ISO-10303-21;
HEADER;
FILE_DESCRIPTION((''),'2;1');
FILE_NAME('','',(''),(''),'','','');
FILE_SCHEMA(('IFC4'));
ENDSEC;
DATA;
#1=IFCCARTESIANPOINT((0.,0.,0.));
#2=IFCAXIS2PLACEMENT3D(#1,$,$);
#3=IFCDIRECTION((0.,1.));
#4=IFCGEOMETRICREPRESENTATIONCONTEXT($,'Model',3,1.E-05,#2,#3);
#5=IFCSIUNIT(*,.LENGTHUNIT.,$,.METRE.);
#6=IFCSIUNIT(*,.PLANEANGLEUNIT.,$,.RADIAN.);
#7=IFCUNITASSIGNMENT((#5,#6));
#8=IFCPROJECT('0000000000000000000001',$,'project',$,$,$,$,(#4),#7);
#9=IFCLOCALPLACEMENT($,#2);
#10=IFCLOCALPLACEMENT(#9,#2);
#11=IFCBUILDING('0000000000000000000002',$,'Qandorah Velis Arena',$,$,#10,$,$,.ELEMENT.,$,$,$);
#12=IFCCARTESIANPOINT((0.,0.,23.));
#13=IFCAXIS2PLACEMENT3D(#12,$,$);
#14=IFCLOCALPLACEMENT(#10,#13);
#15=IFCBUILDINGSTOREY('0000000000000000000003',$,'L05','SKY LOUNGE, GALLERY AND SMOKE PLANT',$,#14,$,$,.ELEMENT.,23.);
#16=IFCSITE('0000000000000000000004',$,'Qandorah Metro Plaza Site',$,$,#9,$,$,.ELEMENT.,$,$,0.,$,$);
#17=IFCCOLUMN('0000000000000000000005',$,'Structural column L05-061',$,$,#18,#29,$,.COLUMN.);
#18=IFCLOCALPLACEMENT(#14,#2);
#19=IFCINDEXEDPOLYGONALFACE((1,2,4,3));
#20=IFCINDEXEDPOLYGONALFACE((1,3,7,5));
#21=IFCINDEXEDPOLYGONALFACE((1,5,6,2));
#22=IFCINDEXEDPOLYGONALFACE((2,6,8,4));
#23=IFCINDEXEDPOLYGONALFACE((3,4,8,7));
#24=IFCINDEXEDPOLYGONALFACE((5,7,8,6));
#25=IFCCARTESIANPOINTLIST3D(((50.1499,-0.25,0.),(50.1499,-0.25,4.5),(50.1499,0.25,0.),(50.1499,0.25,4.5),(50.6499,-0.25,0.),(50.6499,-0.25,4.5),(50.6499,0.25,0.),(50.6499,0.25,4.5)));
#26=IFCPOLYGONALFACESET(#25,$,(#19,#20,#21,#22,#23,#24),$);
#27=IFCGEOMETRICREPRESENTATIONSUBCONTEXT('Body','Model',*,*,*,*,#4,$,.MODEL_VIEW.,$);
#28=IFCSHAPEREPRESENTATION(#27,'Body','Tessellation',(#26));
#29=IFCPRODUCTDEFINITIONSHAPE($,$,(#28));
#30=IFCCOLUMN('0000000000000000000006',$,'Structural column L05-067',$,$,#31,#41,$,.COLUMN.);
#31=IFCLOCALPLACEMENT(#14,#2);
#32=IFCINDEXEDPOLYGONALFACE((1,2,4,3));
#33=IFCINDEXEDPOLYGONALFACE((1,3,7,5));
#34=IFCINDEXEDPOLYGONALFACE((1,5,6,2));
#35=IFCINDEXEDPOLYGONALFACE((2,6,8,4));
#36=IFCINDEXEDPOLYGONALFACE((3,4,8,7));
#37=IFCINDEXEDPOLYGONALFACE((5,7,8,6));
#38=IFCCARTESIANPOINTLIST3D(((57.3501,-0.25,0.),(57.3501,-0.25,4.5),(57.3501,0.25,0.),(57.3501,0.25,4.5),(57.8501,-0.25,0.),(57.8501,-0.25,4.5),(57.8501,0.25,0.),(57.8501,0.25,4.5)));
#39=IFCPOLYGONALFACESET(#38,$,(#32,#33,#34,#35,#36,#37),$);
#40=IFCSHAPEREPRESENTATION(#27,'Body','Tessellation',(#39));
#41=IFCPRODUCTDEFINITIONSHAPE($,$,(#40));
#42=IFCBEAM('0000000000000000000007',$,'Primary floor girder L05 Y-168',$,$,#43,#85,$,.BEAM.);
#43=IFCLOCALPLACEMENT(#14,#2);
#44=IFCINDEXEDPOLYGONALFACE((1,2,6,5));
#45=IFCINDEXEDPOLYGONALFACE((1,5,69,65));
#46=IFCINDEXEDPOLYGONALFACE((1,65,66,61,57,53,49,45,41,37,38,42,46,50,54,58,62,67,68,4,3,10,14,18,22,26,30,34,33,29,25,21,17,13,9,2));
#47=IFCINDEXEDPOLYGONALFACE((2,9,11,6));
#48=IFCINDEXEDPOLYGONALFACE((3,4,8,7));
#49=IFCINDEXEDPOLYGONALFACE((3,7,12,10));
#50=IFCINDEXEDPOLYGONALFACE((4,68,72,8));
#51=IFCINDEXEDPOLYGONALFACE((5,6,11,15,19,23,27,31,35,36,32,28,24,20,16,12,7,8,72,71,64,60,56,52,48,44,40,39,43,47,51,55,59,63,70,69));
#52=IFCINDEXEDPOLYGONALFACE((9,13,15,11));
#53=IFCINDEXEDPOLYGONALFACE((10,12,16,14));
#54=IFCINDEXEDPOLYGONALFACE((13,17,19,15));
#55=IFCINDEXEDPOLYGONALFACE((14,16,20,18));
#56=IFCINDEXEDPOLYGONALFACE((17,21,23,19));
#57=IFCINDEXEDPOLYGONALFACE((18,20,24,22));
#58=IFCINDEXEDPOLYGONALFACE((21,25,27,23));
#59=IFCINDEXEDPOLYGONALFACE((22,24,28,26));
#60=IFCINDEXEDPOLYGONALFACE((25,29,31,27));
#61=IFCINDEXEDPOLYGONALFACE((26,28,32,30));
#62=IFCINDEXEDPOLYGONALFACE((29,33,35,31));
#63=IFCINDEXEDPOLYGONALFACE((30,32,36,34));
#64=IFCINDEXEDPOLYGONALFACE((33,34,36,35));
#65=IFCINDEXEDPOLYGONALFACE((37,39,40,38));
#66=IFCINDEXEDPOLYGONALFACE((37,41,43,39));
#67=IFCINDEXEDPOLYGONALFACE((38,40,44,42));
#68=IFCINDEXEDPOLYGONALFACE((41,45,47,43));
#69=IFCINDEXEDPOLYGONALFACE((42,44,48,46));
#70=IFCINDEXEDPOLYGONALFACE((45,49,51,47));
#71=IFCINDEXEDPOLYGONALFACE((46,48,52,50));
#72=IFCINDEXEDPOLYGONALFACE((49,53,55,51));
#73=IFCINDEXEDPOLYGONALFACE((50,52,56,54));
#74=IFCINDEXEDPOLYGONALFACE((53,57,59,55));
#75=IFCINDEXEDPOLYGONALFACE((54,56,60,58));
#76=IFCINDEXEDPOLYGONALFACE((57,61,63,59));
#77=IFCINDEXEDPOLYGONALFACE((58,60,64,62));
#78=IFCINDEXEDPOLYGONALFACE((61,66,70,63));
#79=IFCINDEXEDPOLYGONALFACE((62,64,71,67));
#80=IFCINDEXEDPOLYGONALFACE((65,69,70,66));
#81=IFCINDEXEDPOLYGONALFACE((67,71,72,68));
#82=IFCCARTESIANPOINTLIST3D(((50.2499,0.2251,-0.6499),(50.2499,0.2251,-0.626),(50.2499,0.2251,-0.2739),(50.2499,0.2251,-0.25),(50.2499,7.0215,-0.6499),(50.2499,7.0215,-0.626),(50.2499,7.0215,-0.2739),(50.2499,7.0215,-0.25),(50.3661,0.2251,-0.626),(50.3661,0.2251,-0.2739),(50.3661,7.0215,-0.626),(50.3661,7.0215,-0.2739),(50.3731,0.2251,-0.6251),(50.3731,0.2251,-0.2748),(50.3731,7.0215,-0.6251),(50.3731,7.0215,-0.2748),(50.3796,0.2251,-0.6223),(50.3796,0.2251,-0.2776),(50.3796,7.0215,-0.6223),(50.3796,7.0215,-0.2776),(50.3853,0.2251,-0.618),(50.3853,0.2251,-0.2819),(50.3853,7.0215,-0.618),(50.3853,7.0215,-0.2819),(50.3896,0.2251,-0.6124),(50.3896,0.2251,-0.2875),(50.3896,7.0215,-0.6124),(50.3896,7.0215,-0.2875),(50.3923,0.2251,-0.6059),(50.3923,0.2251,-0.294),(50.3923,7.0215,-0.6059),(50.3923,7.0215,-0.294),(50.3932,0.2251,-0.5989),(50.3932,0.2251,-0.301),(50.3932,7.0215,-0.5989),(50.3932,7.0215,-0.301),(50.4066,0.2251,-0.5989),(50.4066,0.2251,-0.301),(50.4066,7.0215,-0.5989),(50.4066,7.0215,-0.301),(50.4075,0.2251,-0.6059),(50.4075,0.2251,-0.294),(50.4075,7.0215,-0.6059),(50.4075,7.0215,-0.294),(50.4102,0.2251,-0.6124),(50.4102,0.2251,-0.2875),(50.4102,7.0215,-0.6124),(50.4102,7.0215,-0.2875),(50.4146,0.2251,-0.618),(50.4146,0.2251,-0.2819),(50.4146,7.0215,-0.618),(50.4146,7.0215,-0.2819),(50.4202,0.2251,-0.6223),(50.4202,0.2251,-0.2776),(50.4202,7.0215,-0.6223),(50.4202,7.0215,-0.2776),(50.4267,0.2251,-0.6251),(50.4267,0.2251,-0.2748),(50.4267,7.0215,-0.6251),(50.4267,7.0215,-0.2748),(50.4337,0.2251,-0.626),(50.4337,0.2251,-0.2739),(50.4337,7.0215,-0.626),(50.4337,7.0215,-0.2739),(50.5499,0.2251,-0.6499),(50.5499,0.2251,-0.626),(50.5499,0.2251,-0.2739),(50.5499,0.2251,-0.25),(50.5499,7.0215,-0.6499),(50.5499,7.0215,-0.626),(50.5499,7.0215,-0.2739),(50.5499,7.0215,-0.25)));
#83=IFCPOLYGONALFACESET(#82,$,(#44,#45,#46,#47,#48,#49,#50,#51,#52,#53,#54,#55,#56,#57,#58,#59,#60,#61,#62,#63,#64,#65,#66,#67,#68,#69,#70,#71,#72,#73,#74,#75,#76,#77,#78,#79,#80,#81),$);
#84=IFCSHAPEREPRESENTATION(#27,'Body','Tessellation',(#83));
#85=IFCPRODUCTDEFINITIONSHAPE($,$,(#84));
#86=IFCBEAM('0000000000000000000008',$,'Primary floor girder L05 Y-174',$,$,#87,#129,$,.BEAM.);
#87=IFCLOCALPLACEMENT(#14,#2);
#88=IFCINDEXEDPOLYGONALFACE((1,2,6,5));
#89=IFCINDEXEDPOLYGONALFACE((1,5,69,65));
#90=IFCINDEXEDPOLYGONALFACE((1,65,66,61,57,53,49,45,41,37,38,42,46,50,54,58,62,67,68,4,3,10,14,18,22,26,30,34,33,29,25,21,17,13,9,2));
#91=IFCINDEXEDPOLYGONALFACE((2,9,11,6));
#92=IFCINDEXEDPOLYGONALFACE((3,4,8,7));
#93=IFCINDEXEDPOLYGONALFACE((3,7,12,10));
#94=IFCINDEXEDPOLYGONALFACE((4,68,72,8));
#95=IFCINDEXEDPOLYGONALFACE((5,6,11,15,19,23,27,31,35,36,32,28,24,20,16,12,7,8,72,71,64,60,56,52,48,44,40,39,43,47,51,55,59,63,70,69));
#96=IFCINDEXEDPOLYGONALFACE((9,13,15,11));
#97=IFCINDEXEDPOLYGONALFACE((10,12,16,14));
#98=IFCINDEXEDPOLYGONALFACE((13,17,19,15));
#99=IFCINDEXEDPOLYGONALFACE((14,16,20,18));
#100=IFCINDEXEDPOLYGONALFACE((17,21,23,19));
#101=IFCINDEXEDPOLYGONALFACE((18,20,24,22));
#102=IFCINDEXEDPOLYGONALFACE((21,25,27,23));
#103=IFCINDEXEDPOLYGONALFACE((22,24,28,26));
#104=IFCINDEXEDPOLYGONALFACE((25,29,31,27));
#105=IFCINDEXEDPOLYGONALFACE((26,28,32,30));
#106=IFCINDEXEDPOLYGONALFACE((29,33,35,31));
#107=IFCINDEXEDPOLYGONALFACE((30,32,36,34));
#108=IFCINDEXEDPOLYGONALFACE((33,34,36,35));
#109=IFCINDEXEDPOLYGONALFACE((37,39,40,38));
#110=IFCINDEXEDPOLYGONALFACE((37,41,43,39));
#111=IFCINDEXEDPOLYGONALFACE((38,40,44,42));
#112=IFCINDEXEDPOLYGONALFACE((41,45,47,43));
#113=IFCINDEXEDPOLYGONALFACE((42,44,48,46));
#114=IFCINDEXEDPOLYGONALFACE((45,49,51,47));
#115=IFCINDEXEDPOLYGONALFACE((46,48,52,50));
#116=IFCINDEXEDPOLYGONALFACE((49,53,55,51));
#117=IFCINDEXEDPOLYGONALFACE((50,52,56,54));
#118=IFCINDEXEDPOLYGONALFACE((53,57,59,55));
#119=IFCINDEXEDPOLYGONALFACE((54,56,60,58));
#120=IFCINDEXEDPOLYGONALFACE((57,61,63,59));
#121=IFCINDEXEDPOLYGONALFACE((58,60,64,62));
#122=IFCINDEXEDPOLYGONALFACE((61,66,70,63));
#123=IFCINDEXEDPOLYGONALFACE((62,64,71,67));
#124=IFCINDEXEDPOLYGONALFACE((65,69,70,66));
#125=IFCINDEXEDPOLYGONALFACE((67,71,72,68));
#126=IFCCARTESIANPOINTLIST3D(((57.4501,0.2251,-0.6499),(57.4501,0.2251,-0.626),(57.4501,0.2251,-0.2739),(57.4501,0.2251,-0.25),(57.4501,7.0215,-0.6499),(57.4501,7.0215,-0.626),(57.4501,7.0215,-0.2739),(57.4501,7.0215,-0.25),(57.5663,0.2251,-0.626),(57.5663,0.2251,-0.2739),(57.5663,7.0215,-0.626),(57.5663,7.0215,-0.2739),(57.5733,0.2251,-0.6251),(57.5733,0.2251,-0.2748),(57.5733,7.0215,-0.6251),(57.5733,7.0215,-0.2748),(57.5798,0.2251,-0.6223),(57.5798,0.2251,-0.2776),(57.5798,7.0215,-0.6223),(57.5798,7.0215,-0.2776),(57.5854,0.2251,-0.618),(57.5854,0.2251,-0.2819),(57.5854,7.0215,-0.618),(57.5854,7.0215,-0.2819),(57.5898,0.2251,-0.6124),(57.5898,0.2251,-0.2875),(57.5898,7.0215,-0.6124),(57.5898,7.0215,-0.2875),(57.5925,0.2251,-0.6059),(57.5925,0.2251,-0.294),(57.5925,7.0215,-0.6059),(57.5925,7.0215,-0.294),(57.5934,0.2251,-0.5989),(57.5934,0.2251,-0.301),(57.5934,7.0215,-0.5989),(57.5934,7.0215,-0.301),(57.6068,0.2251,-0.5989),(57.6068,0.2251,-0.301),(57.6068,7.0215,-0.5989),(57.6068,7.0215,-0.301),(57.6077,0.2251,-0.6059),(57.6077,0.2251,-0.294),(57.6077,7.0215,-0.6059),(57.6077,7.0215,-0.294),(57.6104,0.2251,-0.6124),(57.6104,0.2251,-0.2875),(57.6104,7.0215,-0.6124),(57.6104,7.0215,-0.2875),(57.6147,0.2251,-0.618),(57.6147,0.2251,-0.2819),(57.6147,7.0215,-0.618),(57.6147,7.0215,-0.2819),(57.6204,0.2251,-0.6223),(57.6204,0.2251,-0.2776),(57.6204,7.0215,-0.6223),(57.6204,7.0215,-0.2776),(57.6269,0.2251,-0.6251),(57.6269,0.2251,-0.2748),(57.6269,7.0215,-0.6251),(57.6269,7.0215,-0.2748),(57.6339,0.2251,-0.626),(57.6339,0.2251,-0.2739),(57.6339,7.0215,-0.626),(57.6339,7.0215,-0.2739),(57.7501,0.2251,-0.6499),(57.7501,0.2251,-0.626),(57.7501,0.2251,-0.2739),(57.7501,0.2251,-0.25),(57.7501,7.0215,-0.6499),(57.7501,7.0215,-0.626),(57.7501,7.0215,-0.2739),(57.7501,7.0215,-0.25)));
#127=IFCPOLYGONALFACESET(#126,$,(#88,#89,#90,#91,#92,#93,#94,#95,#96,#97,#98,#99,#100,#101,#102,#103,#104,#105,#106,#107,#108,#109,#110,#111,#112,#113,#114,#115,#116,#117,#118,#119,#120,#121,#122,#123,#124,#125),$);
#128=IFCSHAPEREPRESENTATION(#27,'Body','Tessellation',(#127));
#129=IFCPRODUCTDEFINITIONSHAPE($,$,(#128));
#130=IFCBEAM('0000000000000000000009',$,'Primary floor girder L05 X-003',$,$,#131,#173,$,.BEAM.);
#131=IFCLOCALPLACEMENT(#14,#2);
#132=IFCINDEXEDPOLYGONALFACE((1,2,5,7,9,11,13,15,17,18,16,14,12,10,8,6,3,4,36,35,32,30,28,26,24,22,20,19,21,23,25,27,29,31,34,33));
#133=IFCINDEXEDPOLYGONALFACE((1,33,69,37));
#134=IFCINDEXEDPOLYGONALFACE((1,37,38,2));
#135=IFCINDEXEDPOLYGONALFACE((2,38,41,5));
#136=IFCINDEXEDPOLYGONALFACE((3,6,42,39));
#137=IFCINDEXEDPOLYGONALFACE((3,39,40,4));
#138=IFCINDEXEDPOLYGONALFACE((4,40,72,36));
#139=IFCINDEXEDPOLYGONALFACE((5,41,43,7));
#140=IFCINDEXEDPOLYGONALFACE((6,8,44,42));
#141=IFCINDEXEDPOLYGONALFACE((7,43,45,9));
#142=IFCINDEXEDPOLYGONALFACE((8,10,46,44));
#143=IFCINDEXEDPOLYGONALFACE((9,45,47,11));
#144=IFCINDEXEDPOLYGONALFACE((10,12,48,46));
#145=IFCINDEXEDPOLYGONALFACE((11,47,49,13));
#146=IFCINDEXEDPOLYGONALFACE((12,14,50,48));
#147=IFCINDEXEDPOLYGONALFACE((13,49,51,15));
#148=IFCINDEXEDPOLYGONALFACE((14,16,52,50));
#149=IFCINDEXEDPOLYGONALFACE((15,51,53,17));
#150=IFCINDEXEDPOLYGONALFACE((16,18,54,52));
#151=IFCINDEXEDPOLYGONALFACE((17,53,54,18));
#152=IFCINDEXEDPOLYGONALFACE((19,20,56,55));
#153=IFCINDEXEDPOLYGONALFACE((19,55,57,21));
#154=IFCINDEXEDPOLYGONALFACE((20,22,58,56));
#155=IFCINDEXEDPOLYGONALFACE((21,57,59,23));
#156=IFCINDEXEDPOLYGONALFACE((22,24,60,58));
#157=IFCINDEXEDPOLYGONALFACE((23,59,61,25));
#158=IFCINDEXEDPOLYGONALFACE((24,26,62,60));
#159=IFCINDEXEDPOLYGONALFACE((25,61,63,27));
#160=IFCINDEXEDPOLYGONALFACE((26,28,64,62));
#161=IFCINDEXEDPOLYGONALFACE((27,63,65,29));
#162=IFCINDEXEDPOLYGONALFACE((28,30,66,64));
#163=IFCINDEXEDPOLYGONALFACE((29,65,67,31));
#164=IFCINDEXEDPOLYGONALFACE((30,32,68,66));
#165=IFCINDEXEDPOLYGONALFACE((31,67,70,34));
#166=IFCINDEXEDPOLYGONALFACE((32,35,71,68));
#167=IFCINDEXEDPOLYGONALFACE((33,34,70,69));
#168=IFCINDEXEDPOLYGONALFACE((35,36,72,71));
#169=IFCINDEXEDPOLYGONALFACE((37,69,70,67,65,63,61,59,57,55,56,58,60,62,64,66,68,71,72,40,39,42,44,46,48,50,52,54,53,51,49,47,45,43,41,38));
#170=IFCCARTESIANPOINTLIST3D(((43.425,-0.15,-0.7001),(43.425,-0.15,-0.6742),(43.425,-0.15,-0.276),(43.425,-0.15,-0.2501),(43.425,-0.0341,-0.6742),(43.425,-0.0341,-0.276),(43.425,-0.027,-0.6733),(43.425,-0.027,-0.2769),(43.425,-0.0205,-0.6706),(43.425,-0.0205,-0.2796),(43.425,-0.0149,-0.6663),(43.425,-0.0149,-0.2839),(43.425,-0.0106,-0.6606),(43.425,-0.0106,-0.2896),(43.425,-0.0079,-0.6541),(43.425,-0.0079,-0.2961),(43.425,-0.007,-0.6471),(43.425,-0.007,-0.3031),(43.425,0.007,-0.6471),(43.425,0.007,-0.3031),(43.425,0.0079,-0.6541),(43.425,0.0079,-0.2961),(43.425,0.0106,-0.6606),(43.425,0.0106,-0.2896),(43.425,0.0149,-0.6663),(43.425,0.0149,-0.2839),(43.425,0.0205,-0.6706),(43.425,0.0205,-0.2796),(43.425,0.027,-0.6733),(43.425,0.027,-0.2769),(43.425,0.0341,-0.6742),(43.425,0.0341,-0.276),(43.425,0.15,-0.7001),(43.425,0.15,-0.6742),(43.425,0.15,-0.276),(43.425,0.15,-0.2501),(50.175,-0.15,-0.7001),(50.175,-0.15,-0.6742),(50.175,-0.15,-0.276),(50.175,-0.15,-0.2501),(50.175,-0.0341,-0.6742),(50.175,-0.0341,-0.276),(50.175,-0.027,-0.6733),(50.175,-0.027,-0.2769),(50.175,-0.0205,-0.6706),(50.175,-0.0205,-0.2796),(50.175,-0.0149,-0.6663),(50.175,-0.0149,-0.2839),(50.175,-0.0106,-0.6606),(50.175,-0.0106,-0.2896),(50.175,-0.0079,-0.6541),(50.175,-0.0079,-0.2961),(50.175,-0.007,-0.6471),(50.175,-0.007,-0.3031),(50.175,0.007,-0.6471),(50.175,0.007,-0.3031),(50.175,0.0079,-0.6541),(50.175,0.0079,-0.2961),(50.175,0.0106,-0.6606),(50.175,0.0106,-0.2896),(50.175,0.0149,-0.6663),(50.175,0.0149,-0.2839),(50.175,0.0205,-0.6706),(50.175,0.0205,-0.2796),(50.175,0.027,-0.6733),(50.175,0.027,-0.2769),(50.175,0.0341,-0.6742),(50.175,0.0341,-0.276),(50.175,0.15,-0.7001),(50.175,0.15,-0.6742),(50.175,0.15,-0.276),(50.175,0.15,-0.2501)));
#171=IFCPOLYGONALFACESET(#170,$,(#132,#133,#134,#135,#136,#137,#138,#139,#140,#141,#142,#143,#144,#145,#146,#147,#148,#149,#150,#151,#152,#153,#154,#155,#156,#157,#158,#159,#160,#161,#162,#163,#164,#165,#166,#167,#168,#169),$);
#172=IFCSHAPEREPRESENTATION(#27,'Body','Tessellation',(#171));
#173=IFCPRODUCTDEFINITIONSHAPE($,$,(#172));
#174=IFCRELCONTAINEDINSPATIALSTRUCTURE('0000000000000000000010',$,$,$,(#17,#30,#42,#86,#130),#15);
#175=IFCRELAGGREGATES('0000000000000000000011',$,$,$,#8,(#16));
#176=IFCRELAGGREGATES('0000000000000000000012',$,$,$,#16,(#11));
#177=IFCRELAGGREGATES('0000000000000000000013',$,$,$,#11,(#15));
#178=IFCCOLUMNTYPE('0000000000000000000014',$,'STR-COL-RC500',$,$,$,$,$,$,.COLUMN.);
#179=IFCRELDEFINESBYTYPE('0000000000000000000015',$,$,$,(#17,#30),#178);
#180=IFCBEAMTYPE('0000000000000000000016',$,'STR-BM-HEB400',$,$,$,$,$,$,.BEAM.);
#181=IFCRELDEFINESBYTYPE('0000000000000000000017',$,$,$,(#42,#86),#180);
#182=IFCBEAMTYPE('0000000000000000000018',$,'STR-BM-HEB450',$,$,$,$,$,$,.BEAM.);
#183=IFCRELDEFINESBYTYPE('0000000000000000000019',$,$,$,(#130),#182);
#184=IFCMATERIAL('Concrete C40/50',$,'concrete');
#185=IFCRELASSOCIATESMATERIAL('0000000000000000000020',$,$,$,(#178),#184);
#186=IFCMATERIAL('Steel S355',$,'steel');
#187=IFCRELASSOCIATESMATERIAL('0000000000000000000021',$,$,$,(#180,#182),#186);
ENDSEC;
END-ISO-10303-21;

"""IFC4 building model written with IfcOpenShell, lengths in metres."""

from ifc_helpers import new_model, si_unit, direction, frame, origin, origin_2d, place, context, subcontext, project, spatial, rectangle, i_section, extrude, material, material_profile, profile_set, type_object, element, save


model = new_model("IFC4")

# Units and contexts
model_context = context("Model", 3, precision=1e-05, world=origin(), true_north=direction((0.0, 1.0)))
body_context = subcontext(model_context, "Body", "Model", "MODEL_VIEW")
ifc_project = project(units=[si_unit("LENGTHUNIT", "METRE"), si_unit("PLANEANGLEUNIT", "RADIAN")], contexts=[model_context])

# Site, building, storey
site_placement = place(None, origin())
site = spatial("IfcSite", under=ifc_project, at=site_placement, Name="Qandorah Metro Plaza Site", CompositionType="ELEMENT", RefElevation=0.0)
building_placement = place(site_placement, origin())
building = spatial("IfcBuilding", under=site, at=building_placement, Name="Qandorah Velis Arena", CompositionType="ELEMENT")
storey_placement = place(building_placement, frame((0.0, 0.0, 23.0)))
storey = spatial("IfcBuildingStorey", under=building, at=storey_placement, Name="L05", Description="SKY LOUNGE, GALLERY AND SMOKE PLANT", CompositionType="ELEMENT", Elevation=23.0)

# Columns
ifc_material_1 = material(Name="Concrete C40/50", Category="concrete")
ifc_material_profile_1 = material_profile(ifc_material_1, rectangle(XDim=0.5, YDim=0.5, at=origin_2d()), Name="RC COL 500x500")
ifc_profile_set_1 = profile_set([ifc_material_profile_1], Name="Concrete C40/50")
column_type = type_object("IfcColumnType", Name="STR-COL-RC500", PredefinedType="COLUMN", material=ifc_profile_set_1)
for number, where, z_axis, x_axis, name in (
    (1, (50.3999, 0.0, 0.0), (0.0, 0.0, 1.0), (1.0, 0.0, 0.0), "Structural column L05-061"),
    (2, (57.6001, 0.0, 0.0), (0.0, 0.0, 1.0), (1.0, 0.0, 0.0), "Structural column L05-067"),
):
    element("IfcColumn", number, at=place(storey_placement, frame(where, z_axis=z_axis, x_axis=x_axis)), inside=storey, type_object=column_type, Name=name, PredefinedType="COLUMN", context=body_context, shape_type="SweptSolid", body=[
        extrude(rectangle(XDim=0.5, YDim=0.5, at=origin_2d()), origin(), (0.0, 0.0, 1.0), 4.5),
    ])

# Beams
ifc_material_2 = material(Name="Steel S355", Category="steel")
ifc_material_profile_2 = material_profile(ifc_material_2, i_section(OverallWidth=0.3, OverallDepth=0.3999, WebThickness=0.0134, FlangeThickness=0.0239, FilletRadius=0.0271, at=origin_2d()), Name="HEB 400")
ifc_profile_set_2 = profile_set([ifc_material_profile_2], Name="Steel S355")
beam_type_1 = type_object("IfcBeamType", Name="STR-BM-HEB400", PredefinedType="BEAM", material=ifc_profile_set_2)
for number, where, z_axis, x_axis, name in (
    (3, (50.3999, 0.2251, -0.45), (0.0, 1.0, 0.0), (-1.0, 0.0, 0.0), "Primary floor girder L05 Y-168"),
    (4, (57.6001, 0.2251, -0.45), (0.0, 1.0, 0.0), (-1.0, 0.0, 0.0), "Primary floor girder L05 Y-174"),
):
    element("IfcBeam", number, at=place(storey_placement, frame(where, z_axis=z_axis, x_axis=x_axis)), inside=storey, type_object=beam_type_1, Name=name, PredefinedType="BEAM", context=body_context, shape_type="SweptSolid", body=[
        extrude(i_section(OverallWidth=0.3, OverallDepth=0.3999, WebThickness=0.0134, FlangeThickness=0.0239, FilletRadius=0.0271, at=origin_2d()), origin(), (0.0, 0.0, 1.0), 6.7964),
    ])
ifc_material_profile_3 = material_profile(ifc_material_2, i_section(OverallWidth=0.3, OverallDepth=0.45, WebThickness=0.0139, FlangeThickness=0.0259, FilletRadius=0.0271, at=origin_2d()), Name="HEB 450")
ifc_profile_set_3 = profile_set([ifc_material_profile_3], Name="Steel S355")
beam_type_2 = type_object("IfcBeamType", Name="STR-BM-HEB450", PredefinedType="BEAM", material=ifc_profile_set_3)
for number, where, z_axis, x_axis, name in (
    (5, (43.425, 0.0, -0.4751), (1.0, 0.0, 0.0), (0.0, 1.0, 0.0), "Primary floor girder L05 X-003"),
):
    element("IfcBeam", number, at=place(storey_placement, frame(where, z_axis=z_axis, x_axis=x_axis)), inside=storey, type_object=beam_type_2, Name=name, PredefinedType="BEAM", context=body_context, shape_type="SweptSolid", body=[
        extrude(i_section(OverallWidth=0.3, OverallDepth=0.45, WebThickness=0.0139, FlangeThickness=0.0259, FilletRadius=0.0271, at=origin_2d()), origin(), (0.0, 0.0, 1.0), 6.75),
    ])

save(model, "model.ifc")
